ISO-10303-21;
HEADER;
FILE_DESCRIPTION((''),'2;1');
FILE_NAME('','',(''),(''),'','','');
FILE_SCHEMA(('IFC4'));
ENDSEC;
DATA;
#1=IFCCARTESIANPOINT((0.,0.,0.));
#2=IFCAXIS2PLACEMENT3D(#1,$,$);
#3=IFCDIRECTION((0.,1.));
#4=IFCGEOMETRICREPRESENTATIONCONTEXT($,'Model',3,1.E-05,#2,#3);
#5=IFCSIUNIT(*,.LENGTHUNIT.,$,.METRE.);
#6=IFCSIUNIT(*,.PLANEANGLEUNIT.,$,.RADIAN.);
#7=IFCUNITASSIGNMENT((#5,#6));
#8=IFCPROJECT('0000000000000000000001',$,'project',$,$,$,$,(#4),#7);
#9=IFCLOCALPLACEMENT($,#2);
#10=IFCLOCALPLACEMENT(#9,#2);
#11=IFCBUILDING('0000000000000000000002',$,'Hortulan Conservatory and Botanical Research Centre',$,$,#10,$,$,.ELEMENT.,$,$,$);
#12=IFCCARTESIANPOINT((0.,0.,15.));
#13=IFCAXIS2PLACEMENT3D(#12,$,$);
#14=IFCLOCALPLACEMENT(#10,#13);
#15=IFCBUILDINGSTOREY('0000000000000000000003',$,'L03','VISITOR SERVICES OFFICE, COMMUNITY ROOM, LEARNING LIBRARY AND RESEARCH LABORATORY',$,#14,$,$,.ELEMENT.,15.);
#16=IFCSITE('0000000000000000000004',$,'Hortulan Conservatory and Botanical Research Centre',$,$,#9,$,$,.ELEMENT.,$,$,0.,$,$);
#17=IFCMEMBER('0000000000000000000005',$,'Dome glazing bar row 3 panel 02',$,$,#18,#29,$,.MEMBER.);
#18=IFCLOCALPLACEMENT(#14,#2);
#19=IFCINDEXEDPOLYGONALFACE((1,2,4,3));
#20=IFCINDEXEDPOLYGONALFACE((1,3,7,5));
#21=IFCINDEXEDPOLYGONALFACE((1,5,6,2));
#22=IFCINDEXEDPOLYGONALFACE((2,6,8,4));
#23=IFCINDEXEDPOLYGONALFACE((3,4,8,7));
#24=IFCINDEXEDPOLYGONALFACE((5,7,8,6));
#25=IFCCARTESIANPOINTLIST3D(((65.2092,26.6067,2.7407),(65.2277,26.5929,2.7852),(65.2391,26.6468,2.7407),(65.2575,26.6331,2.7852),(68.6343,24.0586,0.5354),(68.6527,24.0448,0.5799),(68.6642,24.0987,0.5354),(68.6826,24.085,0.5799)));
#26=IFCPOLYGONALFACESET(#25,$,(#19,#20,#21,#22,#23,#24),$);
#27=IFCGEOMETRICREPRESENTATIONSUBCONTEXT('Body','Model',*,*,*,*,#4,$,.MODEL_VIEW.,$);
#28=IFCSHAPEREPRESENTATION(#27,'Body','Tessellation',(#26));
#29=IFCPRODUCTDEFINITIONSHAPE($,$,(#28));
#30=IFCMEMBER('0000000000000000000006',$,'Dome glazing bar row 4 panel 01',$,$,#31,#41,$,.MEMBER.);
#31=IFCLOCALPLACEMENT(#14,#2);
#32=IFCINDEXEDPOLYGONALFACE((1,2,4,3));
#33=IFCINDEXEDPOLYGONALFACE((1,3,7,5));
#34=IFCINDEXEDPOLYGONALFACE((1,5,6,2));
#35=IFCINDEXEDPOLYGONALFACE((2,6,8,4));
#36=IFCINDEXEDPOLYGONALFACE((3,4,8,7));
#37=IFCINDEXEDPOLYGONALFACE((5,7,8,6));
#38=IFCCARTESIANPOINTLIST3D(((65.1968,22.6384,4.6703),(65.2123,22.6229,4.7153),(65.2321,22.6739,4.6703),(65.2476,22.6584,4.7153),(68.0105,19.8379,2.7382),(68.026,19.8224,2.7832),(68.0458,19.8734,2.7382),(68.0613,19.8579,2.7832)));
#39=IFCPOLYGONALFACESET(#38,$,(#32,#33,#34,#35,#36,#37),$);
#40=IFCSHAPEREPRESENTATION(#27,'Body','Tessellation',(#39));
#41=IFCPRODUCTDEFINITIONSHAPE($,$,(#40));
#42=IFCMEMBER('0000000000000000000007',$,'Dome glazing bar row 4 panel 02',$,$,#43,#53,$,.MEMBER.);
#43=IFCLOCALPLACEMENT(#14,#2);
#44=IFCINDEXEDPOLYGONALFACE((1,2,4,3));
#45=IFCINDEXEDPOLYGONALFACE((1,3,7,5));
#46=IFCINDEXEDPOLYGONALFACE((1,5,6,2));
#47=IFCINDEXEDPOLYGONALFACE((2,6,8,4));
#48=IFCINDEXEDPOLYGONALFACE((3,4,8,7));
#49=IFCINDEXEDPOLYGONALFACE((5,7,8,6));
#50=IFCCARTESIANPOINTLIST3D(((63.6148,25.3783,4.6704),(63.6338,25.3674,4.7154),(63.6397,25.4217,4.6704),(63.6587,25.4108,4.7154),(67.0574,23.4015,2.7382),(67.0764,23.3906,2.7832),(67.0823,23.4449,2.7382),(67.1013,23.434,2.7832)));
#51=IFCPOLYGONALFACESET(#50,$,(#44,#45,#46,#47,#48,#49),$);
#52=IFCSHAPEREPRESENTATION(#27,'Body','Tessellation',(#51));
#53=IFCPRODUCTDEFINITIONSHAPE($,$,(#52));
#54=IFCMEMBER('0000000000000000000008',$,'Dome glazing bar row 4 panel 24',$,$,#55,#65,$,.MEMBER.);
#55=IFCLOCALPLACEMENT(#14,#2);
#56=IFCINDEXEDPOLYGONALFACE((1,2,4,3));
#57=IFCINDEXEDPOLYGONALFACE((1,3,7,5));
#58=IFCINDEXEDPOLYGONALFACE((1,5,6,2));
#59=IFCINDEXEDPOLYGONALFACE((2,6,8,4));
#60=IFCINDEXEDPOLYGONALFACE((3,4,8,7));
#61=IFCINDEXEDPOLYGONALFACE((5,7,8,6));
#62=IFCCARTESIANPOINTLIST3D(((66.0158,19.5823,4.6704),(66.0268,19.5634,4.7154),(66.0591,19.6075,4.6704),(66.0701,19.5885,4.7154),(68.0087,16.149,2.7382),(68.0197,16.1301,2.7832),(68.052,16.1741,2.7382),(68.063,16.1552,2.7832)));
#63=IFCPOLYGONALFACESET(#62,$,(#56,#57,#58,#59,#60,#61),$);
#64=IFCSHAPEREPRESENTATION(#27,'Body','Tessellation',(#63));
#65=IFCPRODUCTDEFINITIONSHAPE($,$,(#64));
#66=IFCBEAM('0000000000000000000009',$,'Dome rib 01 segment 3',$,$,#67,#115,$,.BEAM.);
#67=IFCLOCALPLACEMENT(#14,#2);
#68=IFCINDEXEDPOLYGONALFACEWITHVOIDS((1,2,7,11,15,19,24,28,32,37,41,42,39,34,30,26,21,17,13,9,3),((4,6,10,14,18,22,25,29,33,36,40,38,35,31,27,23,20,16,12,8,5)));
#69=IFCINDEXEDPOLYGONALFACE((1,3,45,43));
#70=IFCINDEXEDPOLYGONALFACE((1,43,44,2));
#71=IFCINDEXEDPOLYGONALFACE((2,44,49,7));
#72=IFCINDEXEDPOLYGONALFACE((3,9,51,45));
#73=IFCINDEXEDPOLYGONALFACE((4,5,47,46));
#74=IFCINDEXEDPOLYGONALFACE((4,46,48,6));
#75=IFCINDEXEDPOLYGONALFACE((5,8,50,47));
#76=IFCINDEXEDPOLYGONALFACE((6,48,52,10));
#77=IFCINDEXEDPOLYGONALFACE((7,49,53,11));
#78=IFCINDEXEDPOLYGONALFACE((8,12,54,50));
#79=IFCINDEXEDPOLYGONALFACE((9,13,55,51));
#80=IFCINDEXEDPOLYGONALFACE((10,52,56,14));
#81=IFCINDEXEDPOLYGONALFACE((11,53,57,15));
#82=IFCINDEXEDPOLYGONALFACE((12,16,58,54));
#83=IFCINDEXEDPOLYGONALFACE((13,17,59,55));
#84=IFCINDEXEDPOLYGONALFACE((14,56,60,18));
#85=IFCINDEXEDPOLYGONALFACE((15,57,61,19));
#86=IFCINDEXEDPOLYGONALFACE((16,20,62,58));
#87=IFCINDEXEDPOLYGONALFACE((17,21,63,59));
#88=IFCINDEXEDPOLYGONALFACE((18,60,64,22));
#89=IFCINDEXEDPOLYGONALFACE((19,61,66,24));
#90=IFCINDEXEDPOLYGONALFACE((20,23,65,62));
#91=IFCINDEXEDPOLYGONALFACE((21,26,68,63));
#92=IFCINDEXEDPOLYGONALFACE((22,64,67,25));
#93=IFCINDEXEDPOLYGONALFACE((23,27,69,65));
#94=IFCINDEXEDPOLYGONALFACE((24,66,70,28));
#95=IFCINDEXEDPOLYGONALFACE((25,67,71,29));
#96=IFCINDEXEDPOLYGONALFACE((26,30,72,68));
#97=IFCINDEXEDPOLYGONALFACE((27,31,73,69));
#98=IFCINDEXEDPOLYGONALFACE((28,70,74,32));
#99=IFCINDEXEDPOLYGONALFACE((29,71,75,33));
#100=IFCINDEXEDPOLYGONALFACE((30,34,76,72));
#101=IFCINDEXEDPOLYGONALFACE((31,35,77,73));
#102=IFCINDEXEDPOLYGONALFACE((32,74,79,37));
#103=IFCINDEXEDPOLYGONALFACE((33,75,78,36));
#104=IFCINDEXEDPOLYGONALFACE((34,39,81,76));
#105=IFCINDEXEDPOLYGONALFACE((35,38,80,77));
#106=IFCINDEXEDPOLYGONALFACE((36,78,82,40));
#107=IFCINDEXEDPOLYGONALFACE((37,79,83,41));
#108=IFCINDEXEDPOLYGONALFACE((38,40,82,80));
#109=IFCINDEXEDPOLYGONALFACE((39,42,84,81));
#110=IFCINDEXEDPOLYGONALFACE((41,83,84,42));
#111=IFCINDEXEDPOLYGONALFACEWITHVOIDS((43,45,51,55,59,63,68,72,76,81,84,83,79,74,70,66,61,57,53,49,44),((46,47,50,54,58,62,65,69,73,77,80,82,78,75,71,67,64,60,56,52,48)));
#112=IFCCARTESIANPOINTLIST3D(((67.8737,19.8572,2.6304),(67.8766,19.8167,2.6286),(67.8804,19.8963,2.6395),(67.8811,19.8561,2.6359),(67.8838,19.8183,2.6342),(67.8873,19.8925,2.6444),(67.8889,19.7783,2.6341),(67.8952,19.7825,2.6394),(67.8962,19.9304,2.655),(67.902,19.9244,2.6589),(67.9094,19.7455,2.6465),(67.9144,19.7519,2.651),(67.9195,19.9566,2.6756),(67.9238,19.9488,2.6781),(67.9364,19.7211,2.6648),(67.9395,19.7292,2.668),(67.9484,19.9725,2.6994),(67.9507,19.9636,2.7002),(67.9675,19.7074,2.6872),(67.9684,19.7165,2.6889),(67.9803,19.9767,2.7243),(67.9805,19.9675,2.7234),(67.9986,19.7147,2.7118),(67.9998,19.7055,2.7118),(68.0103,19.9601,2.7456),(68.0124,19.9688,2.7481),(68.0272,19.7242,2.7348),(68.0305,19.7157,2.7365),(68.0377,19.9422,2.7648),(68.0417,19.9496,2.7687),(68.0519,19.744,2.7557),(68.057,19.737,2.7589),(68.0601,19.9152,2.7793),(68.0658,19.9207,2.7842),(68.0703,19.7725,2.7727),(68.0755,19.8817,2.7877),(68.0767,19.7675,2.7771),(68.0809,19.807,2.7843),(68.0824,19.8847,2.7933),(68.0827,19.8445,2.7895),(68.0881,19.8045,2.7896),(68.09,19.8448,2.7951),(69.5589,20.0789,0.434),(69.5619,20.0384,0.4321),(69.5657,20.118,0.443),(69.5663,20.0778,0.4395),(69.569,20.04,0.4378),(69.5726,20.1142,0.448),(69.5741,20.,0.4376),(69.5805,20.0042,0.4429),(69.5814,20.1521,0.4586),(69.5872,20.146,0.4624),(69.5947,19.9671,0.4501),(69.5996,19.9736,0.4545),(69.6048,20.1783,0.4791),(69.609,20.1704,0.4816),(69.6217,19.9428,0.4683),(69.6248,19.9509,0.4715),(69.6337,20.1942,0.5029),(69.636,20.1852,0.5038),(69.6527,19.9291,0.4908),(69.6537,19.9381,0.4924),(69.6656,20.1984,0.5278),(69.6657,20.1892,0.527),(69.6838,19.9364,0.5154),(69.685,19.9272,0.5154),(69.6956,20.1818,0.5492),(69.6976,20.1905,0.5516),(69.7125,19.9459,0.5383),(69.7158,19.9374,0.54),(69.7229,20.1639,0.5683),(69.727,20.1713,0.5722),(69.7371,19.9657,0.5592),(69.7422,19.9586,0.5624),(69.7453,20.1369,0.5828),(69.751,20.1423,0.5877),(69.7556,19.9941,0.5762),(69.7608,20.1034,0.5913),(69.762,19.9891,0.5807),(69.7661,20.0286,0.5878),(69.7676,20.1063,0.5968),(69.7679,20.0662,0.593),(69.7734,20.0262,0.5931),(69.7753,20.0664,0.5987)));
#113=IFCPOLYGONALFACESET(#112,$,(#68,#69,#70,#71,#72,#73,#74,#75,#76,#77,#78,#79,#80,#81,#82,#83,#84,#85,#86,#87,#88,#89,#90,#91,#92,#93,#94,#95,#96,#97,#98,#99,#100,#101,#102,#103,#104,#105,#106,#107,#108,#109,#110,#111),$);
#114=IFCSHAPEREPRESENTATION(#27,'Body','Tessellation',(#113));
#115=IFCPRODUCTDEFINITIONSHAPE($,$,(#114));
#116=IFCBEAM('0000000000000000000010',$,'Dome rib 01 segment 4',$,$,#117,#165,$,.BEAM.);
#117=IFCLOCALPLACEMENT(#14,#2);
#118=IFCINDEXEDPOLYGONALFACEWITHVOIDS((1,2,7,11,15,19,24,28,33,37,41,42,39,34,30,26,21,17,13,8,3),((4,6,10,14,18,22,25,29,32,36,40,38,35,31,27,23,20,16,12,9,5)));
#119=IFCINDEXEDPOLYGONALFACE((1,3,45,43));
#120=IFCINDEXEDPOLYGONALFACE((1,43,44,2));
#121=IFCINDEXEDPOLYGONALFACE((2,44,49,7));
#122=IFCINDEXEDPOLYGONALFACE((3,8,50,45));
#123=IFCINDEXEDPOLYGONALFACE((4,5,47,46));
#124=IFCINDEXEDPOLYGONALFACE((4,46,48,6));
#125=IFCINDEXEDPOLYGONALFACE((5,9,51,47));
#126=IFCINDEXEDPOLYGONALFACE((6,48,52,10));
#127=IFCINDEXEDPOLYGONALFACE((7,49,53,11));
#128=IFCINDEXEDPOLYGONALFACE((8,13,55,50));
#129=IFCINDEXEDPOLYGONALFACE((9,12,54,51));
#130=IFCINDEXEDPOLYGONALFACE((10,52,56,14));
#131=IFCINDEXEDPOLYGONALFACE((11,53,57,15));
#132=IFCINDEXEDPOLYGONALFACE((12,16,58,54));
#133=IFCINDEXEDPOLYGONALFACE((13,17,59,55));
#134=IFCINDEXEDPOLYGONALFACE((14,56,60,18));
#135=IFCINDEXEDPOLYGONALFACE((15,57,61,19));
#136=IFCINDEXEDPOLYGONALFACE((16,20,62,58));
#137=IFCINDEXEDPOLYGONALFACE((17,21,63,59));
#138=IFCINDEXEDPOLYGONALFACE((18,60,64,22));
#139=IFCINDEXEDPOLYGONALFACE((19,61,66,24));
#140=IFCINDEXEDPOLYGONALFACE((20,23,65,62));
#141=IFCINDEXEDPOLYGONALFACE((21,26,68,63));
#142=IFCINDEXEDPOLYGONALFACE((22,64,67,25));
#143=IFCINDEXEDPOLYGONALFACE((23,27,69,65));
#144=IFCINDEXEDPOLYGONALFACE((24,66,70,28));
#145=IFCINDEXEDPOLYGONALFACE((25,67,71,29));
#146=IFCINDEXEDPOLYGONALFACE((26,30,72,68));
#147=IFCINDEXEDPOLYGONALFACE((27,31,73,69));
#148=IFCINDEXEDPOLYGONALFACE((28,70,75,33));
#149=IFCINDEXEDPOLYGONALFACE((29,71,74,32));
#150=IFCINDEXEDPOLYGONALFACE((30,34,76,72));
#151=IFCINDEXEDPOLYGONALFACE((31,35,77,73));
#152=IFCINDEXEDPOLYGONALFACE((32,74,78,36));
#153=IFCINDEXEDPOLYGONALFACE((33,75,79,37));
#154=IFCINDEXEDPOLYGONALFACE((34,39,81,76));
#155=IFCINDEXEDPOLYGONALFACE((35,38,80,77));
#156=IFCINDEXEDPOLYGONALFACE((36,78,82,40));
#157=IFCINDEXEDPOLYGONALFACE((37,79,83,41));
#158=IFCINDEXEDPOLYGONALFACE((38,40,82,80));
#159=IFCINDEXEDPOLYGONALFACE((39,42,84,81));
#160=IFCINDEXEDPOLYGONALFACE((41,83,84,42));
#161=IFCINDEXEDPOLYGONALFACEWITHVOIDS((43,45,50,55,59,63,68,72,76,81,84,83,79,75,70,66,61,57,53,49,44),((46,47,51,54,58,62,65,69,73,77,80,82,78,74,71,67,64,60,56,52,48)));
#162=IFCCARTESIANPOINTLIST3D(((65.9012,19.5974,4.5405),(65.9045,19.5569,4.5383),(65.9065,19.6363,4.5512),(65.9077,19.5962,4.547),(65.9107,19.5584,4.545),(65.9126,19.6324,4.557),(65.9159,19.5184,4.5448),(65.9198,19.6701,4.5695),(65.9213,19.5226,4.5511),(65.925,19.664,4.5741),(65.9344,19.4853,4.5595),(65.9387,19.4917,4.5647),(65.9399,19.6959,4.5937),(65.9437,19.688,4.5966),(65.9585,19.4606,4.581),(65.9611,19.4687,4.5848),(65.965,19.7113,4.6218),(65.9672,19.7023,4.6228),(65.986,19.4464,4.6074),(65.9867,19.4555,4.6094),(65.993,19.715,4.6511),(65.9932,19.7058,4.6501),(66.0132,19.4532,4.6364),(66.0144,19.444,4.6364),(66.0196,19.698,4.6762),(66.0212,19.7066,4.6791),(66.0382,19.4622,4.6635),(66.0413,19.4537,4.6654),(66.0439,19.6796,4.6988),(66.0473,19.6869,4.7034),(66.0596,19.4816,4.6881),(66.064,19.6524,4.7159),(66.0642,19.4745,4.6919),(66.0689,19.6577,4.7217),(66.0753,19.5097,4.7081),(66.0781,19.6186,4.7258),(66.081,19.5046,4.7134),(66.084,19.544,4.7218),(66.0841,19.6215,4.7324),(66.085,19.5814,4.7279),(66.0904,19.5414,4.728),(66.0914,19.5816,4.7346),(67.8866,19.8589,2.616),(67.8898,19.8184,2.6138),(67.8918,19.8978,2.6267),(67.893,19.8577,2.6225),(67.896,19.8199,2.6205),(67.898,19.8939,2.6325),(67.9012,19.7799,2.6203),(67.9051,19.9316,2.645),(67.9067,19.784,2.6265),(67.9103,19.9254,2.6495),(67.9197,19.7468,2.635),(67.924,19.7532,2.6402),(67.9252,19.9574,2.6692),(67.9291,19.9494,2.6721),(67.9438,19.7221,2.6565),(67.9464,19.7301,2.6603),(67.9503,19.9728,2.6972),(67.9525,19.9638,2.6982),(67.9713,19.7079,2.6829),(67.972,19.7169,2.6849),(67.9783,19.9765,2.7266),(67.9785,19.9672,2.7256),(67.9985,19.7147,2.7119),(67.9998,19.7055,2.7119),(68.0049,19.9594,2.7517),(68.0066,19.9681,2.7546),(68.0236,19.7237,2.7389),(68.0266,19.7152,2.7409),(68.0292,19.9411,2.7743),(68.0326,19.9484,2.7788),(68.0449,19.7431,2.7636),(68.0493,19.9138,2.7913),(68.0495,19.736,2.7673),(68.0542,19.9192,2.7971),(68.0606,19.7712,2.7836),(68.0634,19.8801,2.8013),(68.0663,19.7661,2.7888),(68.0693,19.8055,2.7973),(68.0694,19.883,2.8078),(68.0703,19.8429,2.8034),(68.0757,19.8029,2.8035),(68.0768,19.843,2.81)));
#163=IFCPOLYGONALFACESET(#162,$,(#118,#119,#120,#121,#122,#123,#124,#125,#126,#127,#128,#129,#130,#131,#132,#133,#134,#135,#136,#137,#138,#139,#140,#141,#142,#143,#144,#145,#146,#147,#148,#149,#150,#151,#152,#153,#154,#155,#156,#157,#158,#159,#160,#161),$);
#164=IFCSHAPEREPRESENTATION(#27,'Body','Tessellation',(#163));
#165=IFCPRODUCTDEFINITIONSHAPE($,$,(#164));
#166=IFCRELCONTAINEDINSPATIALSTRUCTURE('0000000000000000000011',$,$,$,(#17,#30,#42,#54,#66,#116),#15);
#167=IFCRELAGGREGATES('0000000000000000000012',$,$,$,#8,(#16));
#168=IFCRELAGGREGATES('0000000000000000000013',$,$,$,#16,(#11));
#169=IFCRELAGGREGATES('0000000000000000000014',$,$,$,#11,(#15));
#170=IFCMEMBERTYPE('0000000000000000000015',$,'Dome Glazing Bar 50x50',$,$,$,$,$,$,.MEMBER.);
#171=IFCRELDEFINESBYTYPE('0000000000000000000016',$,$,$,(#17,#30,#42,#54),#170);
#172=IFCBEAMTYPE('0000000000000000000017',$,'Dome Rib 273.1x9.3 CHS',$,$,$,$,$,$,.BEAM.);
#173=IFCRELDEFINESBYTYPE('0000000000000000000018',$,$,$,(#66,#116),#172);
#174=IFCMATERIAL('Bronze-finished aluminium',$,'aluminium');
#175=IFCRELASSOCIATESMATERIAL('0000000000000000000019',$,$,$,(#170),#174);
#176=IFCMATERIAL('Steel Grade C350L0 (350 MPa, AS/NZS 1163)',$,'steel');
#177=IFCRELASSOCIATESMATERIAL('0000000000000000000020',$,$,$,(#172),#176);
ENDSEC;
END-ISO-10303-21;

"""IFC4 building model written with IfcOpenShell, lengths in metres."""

from ifc_helpers import new_model, si_unit, direction, frame, origin, origin_2d, place, context, subcontext, project, spatial, rectangle, hollow_circle, extrude, material, material_profile, profile_set, type_object, element, save


model = new_model("IFC4")

# Units and contexts
model_context = context("Model", 3, precision=1e-05, world=origin(), true_north=direction((0.0, 1.0)))
body_context = subcontext(model_context, "Body", "Model", "MODEL_VIEW")
ifc_project = project(units=[si_unit("LENGTHUNIT", "METRE"), si_unit("PLANEANGLEUNIT", "RADIAN")], contexts=[model_context])

# Site, building, storey
site_placement = place(None, origin())
site = spatial("IfcSite", under=ifc_project, at=site_placement, Name="Hortulan Conservatory and Botanical Research Centre", CompositionType="ELEMENT", RefElevation=0.0)
building_placement = place(site_placement, origin())
building = spatial("IfcBuilding", under=site, at=building_placement, Name="Hortulan Conservatory and Botanical Research Centre", CompositionType="ELEMENT")
storey_placement = place(building_placement, frame((0.0, 0.0, 15.0)))
storey = spatial("IfcBuildingStorey", under=building, at=storey_placement, Name="L03", Description="VISITOR SERVICES OFFICE, COMMUNITY ROOM, LEARNING LIBRARY AND RESEARCH LABORATORY", CompositionType="ELEMENT", Elevation=15.0)

# Members
ifc_material_1 = material(Name="Bronze-finished aluminium", Category="aluminium")
ifc_material_profile_1 = material_profile(ifc_material_1, rectangle(XDim=0.05, YDim=0.05, at=origin_2d()), Name="Square bar 50x50")
ifc_profile_set_1 = profile_set([ifc_material_profile_1], Name="Bronze-finished aluminium")
member_type_1 = type_object("IfcMemberType", Name="Dome Glazing Bar 50x50", PredefinedType="MEMBER", material=ifc_profile_set_1)
member_1_placement = place(storey_placement, frame((68.6584, 24.0718, 0.5576), z_axis=(-0.712822, 0.53031, 0.458972), x_axis=(-0.596893, -0.80232, 0.0)))
element("IfcMember", 1, at=member_1_placement, inside=storey, type_object=member_type_1, Name="Dome glazing bar row 3 panel 02", PredefinedType="MEMBER", context=body_context, shape_type="SweptSolid", body=[
    extrude(rectangle(XDim=0.05, YDim=0.05, at=origin_2d()), origin(), (0.0, 0.0, 1.0), 4.8049),
])
for number, where, z_axis, x_axis, name in (
    (2, (68.0359, 19.8479, 2.7607), (-0.637294, 0.634308, 0.437618), (-0.705444, -0.708765, 0.0), "Dome glazing bar row 4 panel 01"),
    (3, (67.0793, 23.4177, 2.7607), (-0.77975, 0.447744, 0.437624), (-0.497959, -0.8672, 0.0), "Dome glazing bar row 4 panel 02"),
    (4, (68.0359, 16.1521, 2.7607), (-0.451392, 0.777645, 0.437622), (-0.864859, -0.502015, 0.0), "Dome glazing bar row 4 panel 24"),
):
    element("IfcMember", number, at=place(storey_placement, frame(where, z_axis=z_axis, x_axis=x_axis)), inside=storey, type_object=member_type_1, Name=name, PredefinedType="MEMBER", context=body_context, shape_type="SweptSolid", body=[
        extrude(rectangle(XDim=0.05, YDim=0.05, at=origin_2d()), origin(), (0.0, 0.0, 1.0), 4.415),
    ])

# Beams
ifc_material_2 = material(Name="Steel Grade C350L0 (350 MPa, AS/NZS 1163)", Category="steel")
ifc_material_profile_2 = material_profile(ifc_material_2, hollow_circle(Radius=0.1365, WallThickness=0.0093, at=origin_2d()), Name="273.1x9.3CHS")
ifc_profile_set_2 = profile_set([ifc_material_profile_2], Name="Steel Grade C350L0 (350 MPa, AS/NZS 1163)")
beam_type = type_object("IfcBeamType", Name="Dome Rib 273.1x9.3 CHS", PredefinedType="BEAM", material=ifc_profile_set_2)
for number, where, z_axis, x_axis, name in (
    (5, (69.6672, 20.0625, 0.5154), (-0.606784, -0.079815, 0.79085), (0.130414, -0.99146, 0.0), "Dome rib 01 segment 3"),
    (6, (67.9819, 19.8408, 2.7119), (-0.714825, -0.094144, 0.692937), (0.130574, -0.991439, 0.0), "Dome rib 01 segment 4"),
):
    element("IfcBeam", number, at=place(storey_placement, frame(where, z_axis=z_axis, x_axis=x_axis)), inside=storey, type_object=beam_type, Name=name, PredefinedType="BEAM", context=body_context, shape_type="SweptSolid", body=[
        extrude(hollow_circle(Radius=0.1365, WallThickness=0.0093, at=origin_2d()), origin(), (0.0, 0.0, 1.0), 2.7773),
    ])

save(model, "model.ifc")
